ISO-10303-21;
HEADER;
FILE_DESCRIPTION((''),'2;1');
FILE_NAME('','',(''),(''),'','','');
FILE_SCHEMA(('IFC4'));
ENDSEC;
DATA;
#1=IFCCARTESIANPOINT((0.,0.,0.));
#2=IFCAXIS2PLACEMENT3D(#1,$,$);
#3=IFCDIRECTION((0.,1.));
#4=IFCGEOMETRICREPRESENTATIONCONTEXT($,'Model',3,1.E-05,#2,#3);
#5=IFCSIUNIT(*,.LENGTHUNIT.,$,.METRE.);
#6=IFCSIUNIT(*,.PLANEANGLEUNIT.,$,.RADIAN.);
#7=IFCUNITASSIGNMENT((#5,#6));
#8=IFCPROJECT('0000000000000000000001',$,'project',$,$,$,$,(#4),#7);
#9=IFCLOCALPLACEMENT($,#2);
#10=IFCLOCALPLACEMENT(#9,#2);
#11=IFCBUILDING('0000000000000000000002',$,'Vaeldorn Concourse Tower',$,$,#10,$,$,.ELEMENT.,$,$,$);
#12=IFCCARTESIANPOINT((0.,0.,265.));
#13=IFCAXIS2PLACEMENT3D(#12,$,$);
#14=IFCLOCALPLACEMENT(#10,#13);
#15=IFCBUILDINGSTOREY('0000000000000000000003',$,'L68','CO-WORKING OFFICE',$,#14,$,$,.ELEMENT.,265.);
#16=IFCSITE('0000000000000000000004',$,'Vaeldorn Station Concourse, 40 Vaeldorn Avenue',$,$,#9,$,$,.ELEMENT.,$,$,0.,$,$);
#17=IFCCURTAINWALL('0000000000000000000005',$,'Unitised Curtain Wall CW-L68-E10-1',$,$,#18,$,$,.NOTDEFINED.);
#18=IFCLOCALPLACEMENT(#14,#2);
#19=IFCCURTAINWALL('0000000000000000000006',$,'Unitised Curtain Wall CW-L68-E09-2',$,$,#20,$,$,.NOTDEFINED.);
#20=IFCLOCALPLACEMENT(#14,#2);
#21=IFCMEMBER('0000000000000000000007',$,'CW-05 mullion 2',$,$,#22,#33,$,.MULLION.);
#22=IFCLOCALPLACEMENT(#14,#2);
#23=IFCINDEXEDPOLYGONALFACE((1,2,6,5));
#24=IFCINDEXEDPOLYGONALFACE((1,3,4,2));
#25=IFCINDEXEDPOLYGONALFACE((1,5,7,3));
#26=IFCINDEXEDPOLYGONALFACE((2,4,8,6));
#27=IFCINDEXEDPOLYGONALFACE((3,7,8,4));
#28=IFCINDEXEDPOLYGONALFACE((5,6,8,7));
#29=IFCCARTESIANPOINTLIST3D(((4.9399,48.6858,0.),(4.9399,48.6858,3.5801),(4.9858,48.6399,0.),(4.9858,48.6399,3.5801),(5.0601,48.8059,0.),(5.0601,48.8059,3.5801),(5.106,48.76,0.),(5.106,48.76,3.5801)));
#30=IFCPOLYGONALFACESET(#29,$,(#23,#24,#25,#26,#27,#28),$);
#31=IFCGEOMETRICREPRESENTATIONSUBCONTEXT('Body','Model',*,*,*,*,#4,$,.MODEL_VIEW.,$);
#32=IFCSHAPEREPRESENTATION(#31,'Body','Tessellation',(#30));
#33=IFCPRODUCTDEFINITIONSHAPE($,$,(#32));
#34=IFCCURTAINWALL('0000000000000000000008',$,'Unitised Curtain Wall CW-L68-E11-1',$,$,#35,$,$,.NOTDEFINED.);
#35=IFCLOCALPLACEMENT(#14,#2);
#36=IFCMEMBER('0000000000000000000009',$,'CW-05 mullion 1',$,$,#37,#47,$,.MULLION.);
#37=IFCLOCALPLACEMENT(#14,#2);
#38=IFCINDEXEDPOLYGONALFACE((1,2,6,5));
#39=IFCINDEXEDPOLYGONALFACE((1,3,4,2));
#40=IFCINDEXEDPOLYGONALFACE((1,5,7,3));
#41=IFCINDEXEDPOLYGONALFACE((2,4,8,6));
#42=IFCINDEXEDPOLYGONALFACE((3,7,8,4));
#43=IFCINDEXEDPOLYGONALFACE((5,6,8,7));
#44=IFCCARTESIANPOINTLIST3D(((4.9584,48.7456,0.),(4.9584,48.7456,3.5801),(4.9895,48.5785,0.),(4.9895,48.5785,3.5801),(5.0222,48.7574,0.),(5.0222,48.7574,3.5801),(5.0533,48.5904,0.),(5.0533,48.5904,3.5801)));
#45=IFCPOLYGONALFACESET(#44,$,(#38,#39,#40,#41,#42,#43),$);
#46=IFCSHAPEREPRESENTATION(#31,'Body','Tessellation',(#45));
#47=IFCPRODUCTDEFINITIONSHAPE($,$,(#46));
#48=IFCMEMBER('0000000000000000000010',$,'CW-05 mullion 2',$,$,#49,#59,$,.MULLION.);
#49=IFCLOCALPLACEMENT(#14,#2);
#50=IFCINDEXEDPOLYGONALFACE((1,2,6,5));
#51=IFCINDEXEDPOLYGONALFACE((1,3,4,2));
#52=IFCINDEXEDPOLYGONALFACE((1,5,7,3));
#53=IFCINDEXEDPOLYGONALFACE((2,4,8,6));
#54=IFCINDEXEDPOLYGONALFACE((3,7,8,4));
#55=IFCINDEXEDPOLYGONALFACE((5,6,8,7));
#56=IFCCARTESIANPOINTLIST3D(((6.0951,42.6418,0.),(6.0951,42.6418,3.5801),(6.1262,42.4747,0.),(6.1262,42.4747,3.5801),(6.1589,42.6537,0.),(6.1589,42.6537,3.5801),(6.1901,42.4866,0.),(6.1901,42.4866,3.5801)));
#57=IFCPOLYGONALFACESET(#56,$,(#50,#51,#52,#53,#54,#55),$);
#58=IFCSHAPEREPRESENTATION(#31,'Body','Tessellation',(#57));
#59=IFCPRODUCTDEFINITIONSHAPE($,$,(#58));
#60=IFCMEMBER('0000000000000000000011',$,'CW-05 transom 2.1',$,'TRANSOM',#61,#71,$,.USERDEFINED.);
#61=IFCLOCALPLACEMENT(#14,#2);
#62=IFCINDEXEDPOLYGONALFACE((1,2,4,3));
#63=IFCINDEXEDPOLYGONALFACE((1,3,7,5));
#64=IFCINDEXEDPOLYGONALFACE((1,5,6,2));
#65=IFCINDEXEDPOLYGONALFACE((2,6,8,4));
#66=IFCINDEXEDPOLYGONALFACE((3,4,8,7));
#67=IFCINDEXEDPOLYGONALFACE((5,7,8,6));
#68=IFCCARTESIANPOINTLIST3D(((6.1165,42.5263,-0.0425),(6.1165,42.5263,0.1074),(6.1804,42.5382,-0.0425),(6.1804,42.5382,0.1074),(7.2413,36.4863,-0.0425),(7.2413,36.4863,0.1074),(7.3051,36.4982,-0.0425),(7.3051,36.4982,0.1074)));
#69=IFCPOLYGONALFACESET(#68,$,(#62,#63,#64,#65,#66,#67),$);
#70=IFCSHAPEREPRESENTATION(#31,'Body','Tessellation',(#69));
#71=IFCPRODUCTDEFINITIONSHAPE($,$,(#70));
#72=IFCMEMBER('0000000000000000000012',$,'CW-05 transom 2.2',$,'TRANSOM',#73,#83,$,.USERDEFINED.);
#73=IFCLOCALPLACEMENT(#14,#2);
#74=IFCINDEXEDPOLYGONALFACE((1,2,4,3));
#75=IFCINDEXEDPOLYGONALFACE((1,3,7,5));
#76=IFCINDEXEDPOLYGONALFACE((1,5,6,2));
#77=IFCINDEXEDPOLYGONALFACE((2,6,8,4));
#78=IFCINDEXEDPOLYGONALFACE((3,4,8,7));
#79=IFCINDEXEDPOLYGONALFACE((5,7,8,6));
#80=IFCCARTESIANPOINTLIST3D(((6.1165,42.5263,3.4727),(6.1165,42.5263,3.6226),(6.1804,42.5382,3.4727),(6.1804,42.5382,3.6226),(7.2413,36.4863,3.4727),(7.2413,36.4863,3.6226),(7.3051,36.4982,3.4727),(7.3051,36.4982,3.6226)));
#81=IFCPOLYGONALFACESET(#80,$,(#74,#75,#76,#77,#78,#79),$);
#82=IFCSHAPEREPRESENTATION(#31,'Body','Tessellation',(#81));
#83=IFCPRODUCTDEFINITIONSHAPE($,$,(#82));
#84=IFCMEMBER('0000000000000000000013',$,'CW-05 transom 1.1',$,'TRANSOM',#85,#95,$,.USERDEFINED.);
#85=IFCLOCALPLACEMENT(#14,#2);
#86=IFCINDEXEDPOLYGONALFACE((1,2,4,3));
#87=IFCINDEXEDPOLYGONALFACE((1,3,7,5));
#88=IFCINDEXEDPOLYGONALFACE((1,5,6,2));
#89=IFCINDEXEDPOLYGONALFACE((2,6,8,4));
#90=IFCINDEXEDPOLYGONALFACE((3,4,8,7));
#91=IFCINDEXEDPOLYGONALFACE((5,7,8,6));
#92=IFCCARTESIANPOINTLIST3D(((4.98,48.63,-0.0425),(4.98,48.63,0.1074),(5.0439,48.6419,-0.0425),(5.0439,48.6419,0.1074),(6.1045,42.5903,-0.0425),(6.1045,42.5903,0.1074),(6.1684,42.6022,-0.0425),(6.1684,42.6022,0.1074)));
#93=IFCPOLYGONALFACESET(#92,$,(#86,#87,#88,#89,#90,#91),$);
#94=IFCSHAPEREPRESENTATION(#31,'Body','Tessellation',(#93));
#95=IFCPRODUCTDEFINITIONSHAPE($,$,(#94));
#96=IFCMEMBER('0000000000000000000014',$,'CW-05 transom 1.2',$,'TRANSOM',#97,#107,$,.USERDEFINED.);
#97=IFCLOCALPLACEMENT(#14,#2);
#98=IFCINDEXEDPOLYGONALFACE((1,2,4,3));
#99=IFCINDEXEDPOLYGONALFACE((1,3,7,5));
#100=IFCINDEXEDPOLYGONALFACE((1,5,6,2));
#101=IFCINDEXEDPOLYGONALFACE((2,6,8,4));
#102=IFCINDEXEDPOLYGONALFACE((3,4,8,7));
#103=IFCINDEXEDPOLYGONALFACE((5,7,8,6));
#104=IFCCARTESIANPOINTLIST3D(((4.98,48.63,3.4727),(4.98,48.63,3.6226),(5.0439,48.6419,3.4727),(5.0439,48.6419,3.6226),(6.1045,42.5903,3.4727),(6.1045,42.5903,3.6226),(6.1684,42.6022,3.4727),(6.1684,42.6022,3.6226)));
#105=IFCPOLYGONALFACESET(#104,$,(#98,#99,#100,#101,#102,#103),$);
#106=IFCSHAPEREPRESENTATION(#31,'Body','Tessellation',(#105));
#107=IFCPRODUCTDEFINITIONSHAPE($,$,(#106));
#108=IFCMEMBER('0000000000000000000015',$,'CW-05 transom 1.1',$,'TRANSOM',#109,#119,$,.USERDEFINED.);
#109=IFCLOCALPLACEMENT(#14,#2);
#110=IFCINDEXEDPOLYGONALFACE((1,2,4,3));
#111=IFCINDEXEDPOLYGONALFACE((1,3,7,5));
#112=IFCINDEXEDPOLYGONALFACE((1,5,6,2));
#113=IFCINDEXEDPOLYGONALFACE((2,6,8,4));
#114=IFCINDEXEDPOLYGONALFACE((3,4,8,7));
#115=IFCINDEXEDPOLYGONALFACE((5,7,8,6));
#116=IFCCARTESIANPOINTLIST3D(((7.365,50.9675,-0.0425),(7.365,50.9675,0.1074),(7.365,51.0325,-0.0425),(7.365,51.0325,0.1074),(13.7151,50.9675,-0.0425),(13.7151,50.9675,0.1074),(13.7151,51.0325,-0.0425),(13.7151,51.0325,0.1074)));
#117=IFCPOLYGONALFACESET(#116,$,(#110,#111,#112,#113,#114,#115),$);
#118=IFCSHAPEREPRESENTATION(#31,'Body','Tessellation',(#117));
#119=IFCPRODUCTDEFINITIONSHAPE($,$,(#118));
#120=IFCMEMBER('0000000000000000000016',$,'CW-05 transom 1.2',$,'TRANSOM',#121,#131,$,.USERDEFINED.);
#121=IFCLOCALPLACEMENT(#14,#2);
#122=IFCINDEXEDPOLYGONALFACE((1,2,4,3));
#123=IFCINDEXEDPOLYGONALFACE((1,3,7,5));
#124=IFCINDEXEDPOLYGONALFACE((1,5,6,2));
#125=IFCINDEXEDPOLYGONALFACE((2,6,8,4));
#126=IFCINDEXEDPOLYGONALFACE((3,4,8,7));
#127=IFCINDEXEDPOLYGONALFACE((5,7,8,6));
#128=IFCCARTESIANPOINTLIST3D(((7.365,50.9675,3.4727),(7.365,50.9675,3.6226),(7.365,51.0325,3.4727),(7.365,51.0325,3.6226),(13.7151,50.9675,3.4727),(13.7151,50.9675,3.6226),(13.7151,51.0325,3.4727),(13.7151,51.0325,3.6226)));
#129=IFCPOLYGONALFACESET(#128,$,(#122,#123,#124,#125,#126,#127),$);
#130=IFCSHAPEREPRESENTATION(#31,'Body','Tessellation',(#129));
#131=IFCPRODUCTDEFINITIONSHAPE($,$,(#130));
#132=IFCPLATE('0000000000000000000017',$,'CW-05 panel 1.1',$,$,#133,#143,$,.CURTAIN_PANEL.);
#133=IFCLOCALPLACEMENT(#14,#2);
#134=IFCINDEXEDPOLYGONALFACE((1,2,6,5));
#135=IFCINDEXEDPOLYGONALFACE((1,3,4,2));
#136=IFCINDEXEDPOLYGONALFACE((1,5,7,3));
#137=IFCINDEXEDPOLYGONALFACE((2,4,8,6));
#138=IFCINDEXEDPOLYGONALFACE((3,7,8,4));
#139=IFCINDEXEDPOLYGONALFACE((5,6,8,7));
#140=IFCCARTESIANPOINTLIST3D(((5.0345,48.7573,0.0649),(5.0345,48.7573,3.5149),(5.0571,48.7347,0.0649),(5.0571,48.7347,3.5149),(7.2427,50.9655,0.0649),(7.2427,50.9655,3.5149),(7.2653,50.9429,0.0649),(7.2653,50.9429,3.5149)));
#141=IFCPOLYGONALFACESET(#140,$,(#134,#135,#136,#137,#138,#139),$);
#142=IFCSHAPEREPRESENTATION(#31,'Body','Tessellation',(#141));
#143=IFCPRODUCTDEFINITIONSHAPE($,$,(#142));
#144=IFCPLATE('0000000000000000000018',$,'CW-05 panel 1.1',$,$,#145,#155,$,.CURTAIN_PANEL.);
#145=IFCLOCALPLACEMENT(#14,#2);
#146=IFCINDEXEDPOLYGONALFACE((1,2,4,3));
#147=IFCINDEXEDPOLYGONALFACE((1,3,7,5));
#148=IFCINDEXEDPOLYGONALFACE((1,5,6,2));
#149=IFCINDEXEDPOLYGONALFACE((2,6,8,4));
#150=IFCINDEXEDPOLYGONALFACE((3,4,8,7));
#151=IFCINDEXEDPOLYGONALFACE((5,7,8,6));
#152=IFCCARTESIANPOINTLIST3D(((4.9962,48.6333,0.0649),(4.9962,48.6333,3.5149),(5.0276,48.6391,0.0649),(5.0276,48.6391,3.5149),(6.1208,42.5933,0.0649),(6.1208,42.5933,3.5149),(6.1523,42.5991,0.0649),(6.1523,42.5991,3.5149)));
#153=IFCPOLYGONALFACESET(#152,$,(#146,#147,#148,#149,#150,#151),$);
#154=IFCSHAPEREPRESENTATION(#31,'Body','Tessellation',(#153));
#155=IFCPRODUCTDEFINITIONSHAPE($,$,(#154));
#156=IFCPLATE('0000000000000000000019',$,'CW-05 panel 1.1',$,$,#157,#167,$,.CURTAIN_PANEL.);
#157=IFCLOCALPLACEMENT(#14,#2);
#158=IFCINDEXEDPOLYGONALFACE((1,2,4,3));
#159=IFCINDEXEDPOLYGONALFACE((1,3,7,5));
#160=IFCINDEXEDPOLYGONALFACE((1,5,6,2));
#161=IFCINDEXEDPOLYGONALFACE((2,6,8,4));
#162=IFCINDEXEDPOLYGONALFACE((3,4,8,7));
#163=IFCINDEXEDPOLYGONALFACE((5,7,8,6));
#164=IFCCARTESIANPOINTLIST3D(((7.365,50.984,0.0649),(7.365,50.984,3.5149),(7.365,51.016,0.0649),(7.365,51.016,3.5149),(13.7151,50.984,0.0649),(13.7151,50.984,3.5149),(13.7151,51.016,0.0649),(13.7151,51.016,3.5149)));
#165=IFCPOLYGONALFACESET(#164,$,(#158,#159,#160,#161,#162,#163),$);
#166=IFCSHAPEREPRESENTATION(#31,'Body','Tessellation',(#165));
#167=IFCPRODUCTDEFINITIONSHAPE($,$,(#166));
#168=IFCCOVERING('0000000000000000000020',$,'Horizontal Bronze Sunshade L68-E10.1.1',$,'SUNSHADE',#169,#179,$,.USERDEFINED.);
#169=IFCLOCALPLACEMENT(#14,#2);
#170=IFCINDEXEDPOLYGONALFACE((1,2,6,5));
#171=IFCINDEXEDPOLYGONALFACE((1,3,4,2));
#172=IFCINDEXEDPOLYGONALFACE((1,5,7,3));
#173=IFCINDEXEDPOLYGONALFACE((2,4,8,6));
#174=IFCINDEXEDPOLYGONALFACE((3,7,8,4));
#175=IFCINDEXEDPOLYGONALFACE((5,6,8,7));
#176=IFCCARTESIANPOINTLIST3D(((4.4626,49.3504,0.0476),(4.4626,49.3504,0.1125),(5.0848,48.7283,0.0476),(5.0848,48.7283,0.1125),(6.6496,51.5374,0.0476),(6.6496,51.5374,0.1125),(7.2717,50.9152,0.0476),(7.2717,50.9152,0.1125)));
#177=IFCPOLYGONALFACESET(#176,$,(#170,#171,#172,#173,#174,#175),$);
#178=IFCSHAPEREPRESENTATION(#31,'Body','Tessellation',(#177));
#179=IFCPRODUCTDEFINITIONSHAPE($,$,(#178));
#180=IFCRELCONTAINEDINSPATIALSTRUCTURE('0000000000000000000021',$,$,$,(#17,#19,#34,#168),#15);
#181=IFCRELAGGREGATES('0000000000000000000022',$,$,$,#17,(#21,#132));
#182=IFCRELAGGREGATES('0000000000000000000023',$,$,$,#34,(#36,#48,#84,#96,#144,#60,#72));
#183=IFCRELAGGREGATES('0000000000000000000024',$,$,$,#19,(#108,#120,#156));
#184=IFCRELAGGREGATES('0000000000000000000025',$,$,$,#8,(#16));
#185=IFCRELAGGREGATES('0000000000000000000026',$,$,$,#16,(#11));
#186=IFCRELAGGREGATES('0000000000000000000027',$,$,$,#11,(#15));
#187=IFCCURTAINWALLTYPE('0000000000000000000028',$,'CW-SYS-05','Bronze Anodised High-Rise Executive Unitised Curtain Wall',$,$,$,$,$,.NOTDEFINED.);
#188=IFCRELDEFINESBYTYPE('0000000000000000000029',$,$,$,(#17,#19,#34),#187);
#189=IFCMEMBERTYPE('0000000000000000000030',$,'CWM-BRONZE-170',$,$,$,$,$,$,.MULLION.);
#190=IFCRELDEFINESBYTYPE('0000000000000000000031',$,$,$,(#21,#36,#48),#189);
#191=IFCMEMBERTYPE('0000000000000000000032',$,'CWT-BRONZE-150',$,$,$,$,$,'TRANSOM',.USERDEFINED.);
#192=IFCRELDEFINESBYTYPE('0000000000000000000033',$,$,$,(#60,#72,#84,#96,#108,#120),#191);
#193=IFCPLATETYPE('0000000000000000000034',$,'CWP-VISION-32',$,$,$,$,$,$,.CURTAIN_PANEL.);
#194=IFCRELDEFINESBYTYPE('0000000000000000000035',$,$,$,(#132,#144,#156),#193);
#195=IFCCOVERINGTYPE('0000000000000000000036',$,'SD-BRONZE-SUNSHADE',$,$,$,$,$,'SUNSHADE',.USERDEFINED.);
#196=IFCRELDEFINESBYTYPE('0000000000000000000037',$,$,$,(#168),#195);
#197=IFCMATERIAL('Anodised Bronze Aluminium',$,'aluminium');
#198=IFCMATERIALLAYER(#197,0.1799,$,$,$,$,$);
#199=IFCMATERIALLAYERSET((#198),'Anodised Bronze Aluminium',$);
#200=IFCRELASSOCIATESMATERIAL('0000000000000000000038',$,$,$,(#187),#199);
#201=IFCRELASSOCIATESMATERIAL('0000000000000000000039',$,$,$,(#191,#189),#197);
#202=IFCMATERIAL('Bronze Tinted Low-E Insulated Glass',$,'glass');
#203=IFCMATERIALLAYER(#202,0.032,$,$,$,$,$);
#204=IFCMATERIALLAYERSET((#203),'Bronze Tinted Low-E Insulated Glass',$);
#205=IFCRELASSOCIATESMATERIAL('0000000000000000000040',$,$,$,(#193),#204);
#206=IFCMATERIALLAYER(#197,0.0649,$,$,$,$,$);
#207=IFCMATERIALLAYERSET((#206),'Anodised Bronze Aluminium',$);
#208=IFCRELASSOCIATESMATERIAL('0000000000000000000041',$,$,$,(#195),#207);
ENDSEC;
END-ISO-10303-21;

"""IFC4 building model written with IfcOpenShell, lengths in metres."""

from ifc_helpers import new_model, si_unit, direction, frame, origin, origin_2d, place, context, subcontext, project, spatial, rectangle, extrude, source, transform, mapped, material, layer, layer_set, material_profile, profile_set, type_object, element, aggregate, save


model = new_model("IFC4")

# Units and contexts
model_context = context("Model", 3, precision=1e-05, world=origin(), true_north=direction((0.0, 1.0)))
body_context = subcontext(model_context, "Body", "Model", "MODEL_VIEW")
ifc_project = project(units=[si_unit("LENGTHUNIT", "METRE"), si_unit("PLANEANGLEUNIT", "RADIAN")], contexts=[model_context])

# Site, building, storey
site_placement = place(None, origin())
site = spatial("IfcSite", under=ifc_project, at=site_placement, Name="Vaeldorn Station Concourse, 40 Vaeldorn Avenue", CompositionType="ELEMENT", RefElevation=0.0)
building_placement = place(site_placement, origin())
building = spatial("IfcBuilding", under=site, at=building_placement, Name="Vaeldorn Concourse Tower", CompositionType="ELEMENT")
storey_placement = place(building_placement, frame((0.0, 0.0, 265.0)))
storey = spatial("IfcBuildingStorey", under=building, at=storey_placement, Name="L68", Description="CO-WORKING OFFICE", CompositionType="ELEMENT", Elevation=265.0)

# Curtain walls
ifc_material_1 = material(Name="Anodised Bronze Aluminium", Category="aluminium")
ifc_layer_1 = layer(ifc_material_1, 0.1799)
ifc_layer_set_1 = layer_set([ifc_layer_1], Name="Anodised Bronze Aluminium")
curtain_wall_type = type_object("IfcCurtainWallType", Name="CW-SYS-05", Description="Bronze Anodised High-Rise Executive Unitised Curtain Wall", PredefinedType="NOTDEFINED", material=ifc_layer_set_1)
curtain_wall_1_placement = place(storey_placement, origin())
curtain_wall_1 = element("IfcCurtainWall", 1, at=curtain_wall_1_placement, inside=storey, type_object=curtain_wall_type, Name="Unitised Curtain Wall CW-L68-E10-1", PredefinedType="NOTDEFINED")
ifc_material_profile_1 = material_profile(ifc_material_1, rectangle(XDim=0.0649, YDim=0.1499, at=origin_2d()), Name="CWT 65x150")
ifc_profile_set_1 = profile_set([ifc_material_profile_1], Name="Anodised Bronze Aluminium")
member_type_1 = type_object("IfcMemberType", Name="CWT-BRONZE-150", ElementType="TRANSOM", PredefinedType="USERDEFINED", material=ifc_profile_set_1)
curtain_wall_2_placement = place(storey_placement, origin())
curtain_wall_2 = element("IfcCurtainWall", 2, at=curtain_wall_2_placement, inside=storey, type_object=curtain_wall_type, Name="Unitised Curtain Wall CW-L68-E09-2", PredefinedType="NOTDEFINED")
ifc_material_profile_2 = material_profile(ifc_material_1, rectangle(XDim=0.0649, YDim=0.1699, at=origin_2d()), Name="CWM 65x170")
ifc_profile_set_2 = profile_set([ifc_material_profile_2], Name="Anodised Bronze Aluminium")
member_type_2 = type_object("IfcMemberType", Name="CWM-BRONZE-170", PredefinedType="MULLION", material=ifc_profile_set_2)
shared_shape_1 = source(origin(), body_context, "Body", "SweptSolid", [
    extrude(rectangle(XDim=0.0649, YDim=0.1699, at=origin_2d()), origin(), (0.0, 0.0, 1.0), 3.5801),
])

# Member
member_1_placement = place(storey_placement, frame((5.0229, 48.7229, 0.0), z_axis=(0.0, 0.0, 1.0), x_axis=(0.707107, -0.707107, 0.0)))
member_1 = element("IfcMember", 3, at=member_1_placement, type_object=member_type_2, Name="CW-05 mullion 2", PredefinedType="MULLION", context=body_context, shape_type="MappedRepresentation", body=[
    mapped(shared_shape_1, transform((0.0, 0.0, 0.0), scale=1.0)),
])

# Curtain wall, members
curtain_wall_3_placement = place(storey_placement, origin())
curtain_wall_3 = element("IfcCurtainWall", 4, at=curtain_wall_3_placement, inside=storey, type_object=curtain_wall_type, Name="Unitised Curtain Wall CW-L68-E11-1", PredefinedType="NOTDEFINED")
member_2_placement = place(storey_placement, frame((5.0059, 48.668, 0.0), z_axis=(0.0, 0.0, 1.0), x_axis=(0.983103, 0.183054, 0.0)))
member_2 = element("IfcMember", 5, at=member_2_placement, type_object=member_type_2, Name="CW-05 mullion 1", PredefinedType="MULLION", context=body_context, shape_type="MappedRepresentation", body=[
    mapped(shared_shape_1, transform((0.0, 0.0, 0.0), scale=1.0)),
])
member_3_placement = place(storey_placement, frame((6.1426, 42.5642, 0.0), z_axis=(0.0, 0.0, 1.0), x_axis=(0.983103, 0.183054, 0.0)))
member_3 = element("IfcMember", 6, at=member_3_placement, type_object=member_type_2, Name="CW-05 mullion 2", PredefinedType="MULLION", context=body_context, shape_type="MappedRepresentation", body=[
    mapped(shared_shape_1, transform((0.0, 0.0, 0.0), scale=1.0)),
])
shared_shape_2 = source(origin(), body_context, "Body", "SweptSolid", [
    extrude(rectangle(XDim=0.0649, YDim=0.1499, at=origin_2d()), origin(), (0.0, 0.0, 1.0), 6.1438),
])
member_4_placement = place(storey_placement, frame((6.1484, 42.5322, 0.0325), z_axis=(0.18307, -0.9831, 0.0), x_axis=(0.9831, 0.18307, 0.0)))
member_4 = element("IfcMember", 7, at=member_4_placement, type_object=member_type_1, Name="CW-05 transom 2.1", ObjectType="TRANSOM", PredefinedType="USERDEFINED", context=body_context, shape_type="MappedRepresentation", body=[
    mapped(shared_shape_2, transform((0.0, 0.0, 0.0), scale=1.0)),
])
member_5_placement = place(storey_placement, frame((6.1484, 42.5322, 3.5476), z_axis=(0.18307, -0.9831, 0.0), x_axis=(0.9831, 0.18307, 0.0)))
member_5 = element("IfcMember", 8, at=member_5_placement, type_object=member_type_1, Name="CW-05 transom 2.2", ObjectType="TRANSOM", PredefinedType="USERDEFINED", context=body_context, shape_type="MappedRepresentation", body=[
    mapped(shared_shape_2, transform((0.0, 0.0, 0.0), scale=1.0)),
])
shared_shape_3 = source(origin(), body_context, "Body", "SweptSolid", [
    extrude(rectangle(XDim=0.0649, YDim=0.1499, at=origin_2d()), origin(), (0.0, 0.0, 1.0), 6.1436),
])
member_6_placement = place(storey_placement, frame((5.012, 48.636, 0.0325), z_axis=(0.183038, -0.983106, 0.0), x_axis=(0.983106, 0.183038, 0.0)))
member_6 = element("IfcMember", 9, at=member_6_placement, type_object=member_type_1, Name="CW-05 transom 1.1", ObjectType="TRANSOM", PredefinedType="USERDEFINED", context=body_context, shape_type="MappedRepresentation", body=[
    mapped(shared_shape_3, transform((0.0, 0.0, 0.0), scale=1.0)),
])
member_7_placement = place(storey_placement, frame((5.012, 48.636, 3.5476), z_axis=(0.183038, -0.983106, 0.0), x_axis=(0.983106, 0.183038, 0.0)))
member_7 = element("IfcMember", 10, at=member_7_placement, type_object=member_type_1, Name="CW-05 transom 1.2", ObjectType="TRANSOM", PredefinedType="USERDEFINED", context=body_context, shape_type="MappedRepresentation", body=[
    mapped(shared_shape_3, transform((0.0, 0.0, 0.0), scale=1.0)),
])

# Members
shared_shape_4 = source(origin(), body_context, "Body", "SweptSolid", [
    extrude(rectangle(XDim=0.0649, YDim=0.1499, at=origin_2d()), origin(), (0.0, 0.0, 1.0), 6.3501),
])
member_8_placement = place(storey_placement, frame((13.7151, 51.0, 0.0325), z_axis=(-1.0, 0.0, 0.0), x_axis=(0.0, -1.0, 0.0)))
member_8 = element("IfcMember", 11, at=member_8_placement, type_object=member_type_1, Name="CW-05 transom 1.1", ObjectType="TRANSOM", PredefinedType="USERDEFINED", context=body_context, shape_type="MappedRepresentation", body=[
    mapped(shared_shape_4, transform((0.0, 0.0, 0.0), scale=1.0)),
])
member_9_placement = place(storey_placement, frame((13.7151, 51.0, 3.5476), z_axis=(-1.0, 0.0, 0.0), x_axis=(0.0, -1.0, 0.0)))
member_9 = element("IfcMember", 12, at=member_9_placement, type_object=member_type_1, Name="CW-05 transom 1.2", ObjectType="TRANSOM", PredefinedType="USERDEFINED", context=body_context, shape_type="MappedRepresentation", body=[
    mapped(shared_shape_4, transform((0.0, 0.0, 0.0), scale=1.0)),
])

# Plates
ifc_material_2 = material(Name="Bronze Tinted Low-E Insulated Glass", Category="glass")
ifc_layer_2 = layer(ifc_material_2, 0.032)
ifc_layer_set_2 = layer_set([ifc_layer_2], Name="Bronze Tinted Low-E Insulated Glass")
plate_type = type_object("IfcPlateType", Name="CWP-VISION-32", PredefinedType="CURTAIN_PANEL", material=ifc_layer_set_2)
shared_shape_5 = source(origin(), body_context, "Body", "SweptSolid", [
    extrude(rectangle(XDim=3.1228, YDim=0.032, at=origin_2d()), origin(), (0.0, 0.0, 1.0), 3.45),
])
plate_1_placement = place(storey_placement, frame((6.1499, 49.8501, 0.0649), z_axis=(0.0, 0.0, 1.0), x_axis=(-0.707107, -0.707107, 0.0)))
plate_1 = element("IfcPlate", 13, at=plate_1_placement, type_object=plate_type, Name="CW-05 panel 1.1", PredefinedType="CURTAIN_PANEL", context=body_context, shape_type="MappedRepresentation", body=[
    mapped(shared_shape_5, transform((0.0, 0.0, 0.0), scale=1.0)),
])
aggregate(curtain_wall_1, [member_1, plate_1])
shared_shape_6 = source(origin(), body_context, "Body", "SweptSolid", [
    extrude(rectangle(XDim=6.1438, YDim=0.032, at=origin_2d()), origin(), (0.0, 0.0, 1.0), 3.45),
])
plate_2_placement = place(storey_placement, frame((5.5742, 45.6162, 0.0649), z_axis=(0.0, 0.0, 1.0), x_axis=(0.183054, -0.983103, 0.0)))
plate_2 = element("IfcPlate", 14, at=plate_2_placement, type_object=plate_type, Name="CW-05 panel 1.1", PredefinedType="CURTAIN_PANEL", context=body_context, shape_type="MappedRepresentation", body=[
    mapped(shared_shape_6, transform((0.0, 0.0, 0.0), scale=1.0)),
])
aggregate(curtain_wall_3, [member_2, member_3, member_6, member_7, plate_2, member_4, member_5])
shared_shape_7 = source(origin(), body_context, "Body", "SweptSolid", [
    extrude(rectangle(XDim=6.3501, YDim=0.032, at=origin_2d()), origin(), (0.0, 0.0, 1.0), 3.45),
])
plate_3_placement = place(storey_placement, frame((10.54, 51.0, 0.0649), z_axis=(0.0, 0.0, 1.0), x_axis=(-1.0, 0.0, 0.0)))
plate_3 = element("IfcPlate", 15, at=plate_3_placement, type_object=plate_type, Name="CW-05 panel 1.1", PredefinedType="CURTAIN_PANEL", context=body_context, shape_type="MappedRepresentation", body=[
    mapped(shared_shape_7, transform((0.0, 0.0, 0.0), scale=1.0)),
])
aggregate(curtain_wall_2, [member_8, member_9, plate_3])

# Covering
ifc_layer_3 = layer(ifc_material_1, 0.0649)
ifc_layer_set_3 = layer_set([ifc_layer_3], Name="Anodised Bronze Aluminium")
covering_type = type_object("IfcCoveringType", Name="SD-BRONZE-SUNSHADE", ElementType="SUNSHADE", PredefinedType="USERDEFINED", material=ifc_layer_set_3)
shared_shape_8 = source(origin(), body_context, "Body", "SweptSolid", [
    extrude(rectangle(XDim=3.0928, YDim=0.8799, at=origin_2d()), origin(), (0.0, 0.0, 1.0), 0.0649),
])
for number, where, z_axis, x_axis, name in (
    (16, (5.8672, 50.1328, 0.0476), (0.0, 0.0, 1.0), (-0.707107, -0.707107, 0.0), "Horizontal Bronze Sunshade L68-E10.1.1"),
):
    element("IfcCovering", number, at=place(storey_placement, frame(where, z_axis=z_axis, x_axis=x_axis)), inside=storey, type_object=covering_type, Name=name, ObjectType="SUNSHADE", PredefinedType="USERDEFINED", context=body_context, shape_type="MappedRepresentation", body=[
        mapped(shared_shape_8, transform((0.0, 0.0, 0.0), scale=1.0)),
    ])

save(model, "model.ifc")
